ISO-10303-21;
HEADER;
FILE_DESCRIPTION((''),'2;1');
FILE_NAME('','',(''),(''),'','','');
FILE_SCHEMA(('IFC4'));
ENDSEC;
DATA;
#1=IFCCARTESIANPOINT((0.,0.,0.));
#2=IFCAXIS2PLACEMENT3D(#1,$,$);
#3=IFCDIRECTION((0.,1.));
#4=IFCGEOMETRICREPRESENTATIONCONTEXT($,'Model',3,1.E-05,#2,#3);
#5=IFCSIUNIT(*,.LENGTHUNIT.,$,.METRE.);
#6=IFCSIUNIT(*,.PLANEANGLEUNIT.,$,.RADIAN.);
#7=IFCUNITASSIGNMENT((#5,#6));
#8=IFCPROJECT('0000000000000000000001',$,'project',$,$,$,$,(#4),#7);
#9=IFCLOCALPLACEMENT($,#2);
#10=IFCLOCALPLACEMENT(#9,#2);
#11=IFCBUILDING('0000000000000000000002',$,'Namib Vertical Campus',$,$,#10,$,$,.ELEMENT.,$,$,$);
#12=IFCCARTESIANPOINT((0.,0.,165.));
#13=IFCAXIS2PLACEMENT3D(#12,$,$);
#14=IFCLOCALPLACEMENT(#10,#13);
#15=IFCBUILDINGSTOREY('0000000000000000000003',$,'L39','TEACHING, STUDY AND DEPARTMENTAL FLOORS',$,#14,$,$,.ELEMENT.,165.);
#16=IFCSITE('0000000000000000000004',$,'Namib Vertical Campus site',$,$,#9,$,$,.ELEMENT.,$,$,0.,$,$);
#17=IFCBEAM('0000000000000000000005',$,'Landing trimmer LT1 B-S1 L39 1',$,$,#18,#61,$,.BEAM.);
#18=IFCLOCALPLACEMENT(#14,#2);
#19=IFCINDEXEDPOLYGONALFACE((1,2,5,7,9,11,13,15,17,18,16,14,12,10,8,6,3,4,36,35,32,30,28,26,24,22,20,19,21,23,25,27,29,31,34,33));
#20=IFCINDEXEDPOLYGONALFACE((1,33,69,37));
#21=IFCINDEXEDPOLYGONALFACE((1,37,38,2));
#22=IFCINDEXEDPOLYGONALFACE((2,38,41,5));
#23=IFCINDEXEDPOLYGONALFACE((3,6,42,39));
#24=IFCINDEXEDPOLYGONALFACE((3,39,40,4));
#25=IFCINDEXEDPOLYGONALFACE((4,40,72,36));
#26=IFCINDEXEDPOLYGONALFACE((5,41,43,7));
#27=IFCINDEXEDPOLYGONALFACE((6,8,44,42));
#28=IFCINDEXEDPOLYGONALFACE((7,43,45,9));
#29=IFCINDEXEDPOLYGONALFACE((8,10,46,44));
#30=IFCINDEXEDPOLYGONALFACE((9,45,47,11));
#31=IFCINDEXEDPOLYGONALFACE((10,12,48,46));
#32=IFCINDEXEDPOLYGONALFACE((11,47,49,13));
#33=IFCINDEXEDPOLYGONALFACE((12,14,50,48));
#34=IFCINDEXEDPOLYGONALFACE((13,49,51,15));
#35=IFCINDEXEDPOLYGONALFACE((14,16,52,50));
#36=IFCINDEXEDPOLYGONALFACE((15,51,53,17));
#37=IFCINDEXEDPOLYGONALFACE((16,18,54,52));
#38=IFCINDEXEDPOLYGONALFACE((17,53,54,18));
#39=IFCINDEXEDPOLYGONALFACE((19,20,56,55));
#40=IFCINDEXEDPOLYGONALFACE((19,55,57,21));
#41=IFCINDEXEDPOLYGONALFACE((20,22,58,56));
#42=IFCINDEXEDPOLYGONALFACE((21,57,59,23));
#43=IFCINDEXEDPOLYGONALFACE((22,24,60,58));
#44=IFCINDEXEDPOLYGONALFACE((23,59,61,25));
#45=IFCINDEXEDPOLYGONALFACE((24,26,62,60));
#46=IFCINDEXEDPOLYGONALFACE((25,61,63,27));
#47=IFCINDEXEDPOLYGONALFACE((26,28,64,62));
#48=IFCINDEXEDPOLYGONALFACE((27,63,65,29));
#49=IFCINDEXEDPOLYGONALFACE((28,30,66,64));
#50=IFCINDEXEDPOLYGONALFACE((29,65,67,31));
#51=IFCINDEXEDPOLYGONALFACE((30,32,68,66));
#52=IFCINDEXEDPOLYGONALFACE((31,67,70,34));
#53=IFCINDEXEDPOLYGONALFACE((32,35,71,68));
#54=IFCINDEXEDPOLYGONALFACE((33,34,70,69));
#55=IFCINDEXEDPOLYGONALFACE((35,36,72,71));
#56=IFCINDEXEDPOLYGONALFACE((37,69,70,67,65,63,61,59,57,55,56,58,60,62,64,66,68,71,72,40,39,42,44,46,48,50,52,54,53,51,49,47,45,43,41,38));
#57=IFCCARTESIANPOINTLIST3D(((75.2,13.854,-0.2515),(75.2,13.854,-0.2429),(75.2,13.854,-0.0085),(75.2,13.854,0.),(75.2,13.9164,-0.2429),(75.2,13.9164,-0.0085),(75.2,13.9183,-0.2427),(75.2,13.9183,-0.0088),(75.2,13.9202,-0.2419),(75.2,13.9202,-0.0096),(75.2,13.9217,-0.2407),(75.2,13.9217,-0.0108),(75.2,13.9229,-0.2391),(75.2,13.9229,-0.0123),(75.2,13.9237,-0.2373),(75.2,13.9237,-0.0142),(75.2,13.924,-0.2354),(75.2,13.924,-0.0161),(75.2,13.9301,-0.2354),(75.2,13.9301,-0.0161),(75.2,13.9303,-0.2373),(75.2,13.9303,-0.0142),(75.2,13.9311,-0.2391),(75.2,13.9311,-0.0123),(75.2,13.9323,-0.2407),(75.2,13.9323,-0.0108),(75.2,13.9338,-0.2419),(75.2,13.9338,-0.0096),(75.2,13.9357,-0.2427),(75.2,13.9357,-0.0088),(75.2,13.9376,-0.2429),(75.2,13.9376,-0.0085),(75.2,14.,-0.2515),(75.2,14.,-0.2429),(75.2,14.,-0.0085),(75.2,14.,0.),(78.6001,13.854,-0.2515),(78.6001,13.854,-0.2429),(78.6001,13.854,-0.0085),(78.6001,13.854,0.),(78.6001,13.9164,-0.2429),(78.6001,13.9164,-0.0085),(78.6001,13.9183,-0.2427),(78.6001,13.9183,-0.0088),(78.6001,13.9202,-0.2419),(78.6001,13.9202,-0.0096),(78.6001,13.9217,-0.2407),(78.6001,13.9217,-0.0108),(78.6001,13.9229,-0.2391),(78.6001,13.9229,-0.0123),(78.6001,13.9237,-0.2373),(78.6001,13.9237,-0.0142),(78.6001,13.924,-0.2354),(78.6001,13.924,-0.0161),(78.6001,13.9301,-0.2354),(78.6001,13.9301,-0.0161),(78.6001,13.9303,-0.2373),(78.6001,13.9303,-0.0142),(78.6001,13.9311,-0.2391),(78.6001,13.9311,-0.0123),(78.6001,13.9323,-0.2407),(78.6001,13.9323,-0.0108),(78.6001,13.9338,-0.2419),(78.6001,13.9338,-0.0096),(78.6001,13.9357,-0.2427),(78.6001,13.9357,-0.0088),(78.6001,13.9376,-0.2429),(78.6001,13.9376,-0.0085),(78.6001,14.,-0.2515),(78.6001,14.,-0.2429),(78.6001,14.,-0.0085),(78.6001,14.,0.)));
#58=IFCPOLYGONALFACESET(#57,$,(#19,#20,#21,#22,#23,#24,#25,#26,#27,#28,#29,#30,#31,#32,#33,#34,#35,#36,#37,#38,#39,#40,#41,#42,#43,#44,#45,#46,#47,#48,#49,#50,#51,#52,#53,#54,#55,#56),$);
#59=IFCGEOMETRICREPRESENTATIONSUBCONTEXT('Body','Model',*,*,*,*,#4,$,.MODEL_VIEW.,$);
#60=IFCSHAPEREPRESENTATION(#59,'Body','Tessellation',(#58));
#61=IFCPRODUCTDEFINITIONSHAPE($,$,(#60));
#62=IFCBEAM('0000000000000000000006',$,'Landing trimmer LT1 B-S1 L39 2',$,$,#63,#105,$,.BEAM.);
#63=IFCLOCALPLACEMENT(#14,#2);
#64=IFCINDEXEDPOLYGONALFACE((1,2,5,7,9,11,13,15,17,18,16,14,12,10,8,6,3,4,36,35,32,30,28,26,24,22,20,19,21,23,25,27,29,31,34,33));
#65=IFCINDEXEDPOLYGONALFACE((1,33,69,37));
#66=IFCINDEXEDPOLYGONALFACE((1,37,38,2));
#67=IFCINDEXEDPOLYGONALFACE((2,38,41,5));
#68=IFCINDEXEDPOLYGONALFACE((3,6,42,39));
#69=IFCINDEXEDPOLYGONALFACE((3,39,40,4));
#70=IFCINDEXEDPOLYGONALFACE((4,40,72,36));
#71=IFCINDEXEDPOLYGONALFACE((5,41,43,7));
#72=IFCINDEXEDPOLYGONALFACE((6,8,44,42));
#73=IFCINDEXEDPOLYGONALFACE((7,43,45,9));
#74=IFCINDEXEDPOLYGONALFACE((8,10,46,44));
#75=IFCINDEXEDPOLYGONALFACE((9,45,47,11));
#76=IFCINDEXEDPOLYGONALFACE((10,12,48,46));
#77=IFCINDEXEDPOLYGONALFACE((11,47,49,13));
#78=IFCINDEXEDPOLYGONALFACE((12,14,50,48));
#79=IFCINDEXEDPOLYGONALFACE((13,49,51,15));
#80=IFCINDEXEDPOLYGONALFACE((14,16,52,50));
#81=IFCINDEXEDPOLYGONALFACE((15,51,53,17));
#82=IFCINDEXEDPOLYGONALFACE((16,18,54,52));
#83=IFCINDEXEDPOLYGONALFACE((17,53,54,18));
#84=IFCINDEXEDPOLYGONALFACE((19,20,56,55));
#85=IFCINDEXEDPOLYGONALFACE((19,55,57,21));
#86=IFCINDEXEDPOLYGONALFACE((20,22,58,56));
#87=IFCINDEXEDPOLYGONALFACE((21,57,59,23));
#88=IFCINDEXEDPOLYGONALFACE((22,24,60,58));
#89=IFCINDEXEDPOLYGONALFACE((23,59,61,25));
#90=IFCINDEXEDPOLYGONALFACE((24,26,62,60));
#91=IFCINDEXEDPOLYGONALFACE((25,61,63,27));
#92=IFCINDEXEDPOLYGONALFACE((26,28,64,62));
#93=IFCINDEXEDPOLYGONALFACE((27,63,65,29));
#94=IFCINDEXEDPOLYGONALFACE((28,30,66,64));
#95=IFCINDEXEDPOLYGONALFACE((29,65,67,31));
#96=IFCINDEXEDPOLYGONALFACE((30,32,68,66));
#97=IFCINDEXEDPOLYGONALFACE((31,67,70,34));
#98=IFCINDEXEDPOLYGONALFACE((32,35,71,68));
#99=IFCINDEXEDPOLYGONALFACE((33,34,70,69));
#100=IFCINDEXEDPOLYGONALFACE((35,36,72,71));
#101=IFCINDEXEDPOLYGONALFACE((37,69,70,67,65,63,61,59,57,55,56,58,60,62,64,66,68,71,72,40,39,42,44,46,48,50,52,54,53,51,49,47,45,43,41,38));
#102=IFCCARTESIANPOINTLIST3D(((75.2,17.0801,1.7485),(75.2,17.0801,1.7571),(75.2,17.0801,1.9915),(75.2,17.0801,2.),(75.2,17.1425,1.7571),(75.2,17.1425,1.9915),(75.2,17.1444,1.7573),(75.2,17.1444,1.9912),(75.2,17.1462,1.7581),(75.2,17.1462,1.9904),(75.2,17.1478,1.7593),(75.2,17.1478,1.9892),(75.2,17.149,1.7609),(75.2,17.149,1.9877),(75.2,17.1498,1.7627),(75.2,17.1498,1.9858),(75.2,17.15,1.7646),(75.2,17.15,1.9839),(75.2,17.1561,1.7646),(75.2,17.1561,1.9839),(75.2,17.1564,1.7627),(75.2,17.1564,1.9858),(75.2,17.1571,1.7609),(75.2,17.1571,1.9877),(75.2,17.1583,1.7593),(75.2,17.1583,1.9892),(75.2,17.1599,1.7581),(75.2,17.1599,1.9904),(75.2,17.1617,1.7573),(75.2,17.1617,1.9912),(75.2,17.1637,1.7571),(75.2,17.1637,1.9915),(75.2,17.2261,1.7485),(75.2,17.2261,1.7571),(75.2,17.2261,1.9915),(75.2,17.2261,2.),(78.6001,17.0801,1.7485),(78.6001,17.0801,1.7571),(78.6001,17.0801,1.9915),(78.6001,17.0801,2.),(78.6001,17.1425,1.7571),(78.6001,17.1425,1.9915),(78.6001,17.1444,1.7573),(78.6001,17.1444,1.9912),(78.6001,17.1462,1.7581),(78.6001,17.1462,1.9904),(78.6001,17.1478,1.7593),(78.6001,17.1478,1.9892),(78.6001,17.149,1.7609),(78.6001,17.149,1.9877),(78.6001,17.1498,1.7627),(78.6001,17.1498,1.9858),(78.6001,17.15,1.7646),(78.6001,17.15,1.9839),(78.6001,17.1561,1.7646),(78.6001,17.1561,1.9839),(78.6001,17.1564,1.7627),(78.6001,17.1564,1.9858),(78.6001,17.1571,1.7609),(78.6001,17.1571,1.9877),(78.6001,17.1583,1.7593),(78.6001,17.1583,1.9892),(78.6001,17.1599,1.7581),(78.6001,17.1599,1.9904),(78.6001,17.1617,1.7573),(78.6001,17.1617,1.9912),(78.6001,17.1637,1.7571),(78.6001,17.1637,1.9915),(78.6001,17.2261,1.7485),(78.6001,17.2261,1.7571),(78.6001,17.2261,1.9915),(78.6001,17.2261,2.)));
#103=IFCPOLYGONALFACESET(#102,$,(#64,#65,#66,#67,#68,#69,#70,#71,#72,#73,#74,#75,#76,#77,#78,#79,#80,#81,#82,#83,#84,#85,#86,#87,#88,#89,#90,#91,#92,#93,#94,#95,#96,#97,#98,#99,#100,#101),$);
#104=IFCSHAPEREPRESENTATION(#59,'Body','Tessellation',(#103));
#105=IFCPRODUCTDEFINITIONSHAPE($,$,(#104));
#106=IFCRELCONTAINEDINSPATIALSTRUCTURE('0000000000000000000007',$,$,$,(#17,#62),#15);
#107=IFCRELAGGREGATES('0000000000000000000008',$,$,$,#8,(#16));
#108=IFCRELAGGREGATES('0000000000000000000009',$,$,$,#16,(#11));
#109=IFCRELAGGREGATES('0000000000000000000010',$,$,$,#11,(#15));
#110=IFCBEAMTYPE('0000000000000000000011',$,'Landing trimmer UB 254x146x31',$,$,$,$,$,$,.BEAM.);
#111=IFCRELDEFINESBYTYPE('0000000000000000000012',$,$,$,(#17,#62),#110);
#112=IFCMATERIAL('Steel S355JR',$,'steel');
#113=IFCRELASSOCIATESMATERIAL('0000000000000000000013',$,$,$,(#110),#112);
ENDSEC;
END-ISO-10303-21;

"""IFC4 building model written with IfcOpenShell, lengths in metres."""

from ifc_helpers import new_model, si_unit, direction, frame, origin, origin_2d, place, context, subcontext, project, spatial, i_section, extrude, material, material_profile, profile_set, type_object, element, save


model = new_model("IFC4")

# Units and contexts
model_context = context("Model", 3, precision=1e-05, world=origin(), true_north=direction((0.0, 1.0)))
body_context = subcontext(model_context, "Body", "Model", "MODEL_VIEW")
ifc_project = project(units=[si_unit("LENGTHUNIT", "METRE"), si_unit("PLANEANGLEUNIT", "RADIAN")], contexts=[model_context])

# Site, building, storey
site_placement = place(None, origin())
site = spatial("IfcSite", under=ifc_project, at=site_placement, Name="Namib Vertical Campus site", CompositionType="ELEMENT", RefElevation=0.0)
building_placement = place(site_placement, origin())
building = spatial("IfcBuilding", under=site, at=building_placement, Name="Namib Vertical Campus", CompositionType="ELEMENT")
storey_placement = place(building_placement, frame((0.0, 0.0, 165.0)))
storey = spatial("IfcBuildingStorey", under=building, at=storey_placement, Name="L39", Description="TEACHING, STUDY AND DEPARTMENTAL FLOORS", CompositionType="ELEMENT", Elevation=165.0)

# Beams
ifc_material_1 = material(Name="Steel S355JR", Category="steel")
ifc_material_profile = material_profile(ifc_material_1, i_section(OverallWidth=0.146, OverallDepth=0.2515, WebThickness=0.0061, FlangeThickness=0.0085, FilletRadius=0.0076, at=origin_2d()))
ifc_profile_set = profile_set([ifc_material_profile], Name="Steel S355JR")
beam_type = type_object("IfcBeamType", Name="Landing trimmer UB 254x146x31", PredefinedType="BEAM", material=ifc_profile_set)
for number, where, z_axis, x_axis, name in (
    (1, (75.2, 13.927, -0.1257), (1.0, 0.0, 0.0), (0.0, 1.0, 0.0), "Landing trimmer LT1 B-S1 L39 1"),
    (2, (75.2, 17.1531, 1.8743), (1.0, 0.0, 0.0), (0.0, 1.0, 0.0), "Landing trimmer LT1 B-S1 L39 2"),
):
    element("IfcBeam", number, at=place(storey_placement, frame(where, z_axis=z_axis, x_axis=x_axis)), inside=storey, type_object=beam_type, Name=name, PredefinedType="BEAM", context=body_context, shape_type="SweptSolid", body=[
        extrude(i_section(OverallWidth=0.146, OverallDepth=0.2515, WebThickness=0.0061, FlangeThickness=0.0085, FilletRadius=0.0076, at=origin_2d()), origin(), (0.0, 0.0, 1.0), 3.4001),
    ])

save(model, "model.ifc")
